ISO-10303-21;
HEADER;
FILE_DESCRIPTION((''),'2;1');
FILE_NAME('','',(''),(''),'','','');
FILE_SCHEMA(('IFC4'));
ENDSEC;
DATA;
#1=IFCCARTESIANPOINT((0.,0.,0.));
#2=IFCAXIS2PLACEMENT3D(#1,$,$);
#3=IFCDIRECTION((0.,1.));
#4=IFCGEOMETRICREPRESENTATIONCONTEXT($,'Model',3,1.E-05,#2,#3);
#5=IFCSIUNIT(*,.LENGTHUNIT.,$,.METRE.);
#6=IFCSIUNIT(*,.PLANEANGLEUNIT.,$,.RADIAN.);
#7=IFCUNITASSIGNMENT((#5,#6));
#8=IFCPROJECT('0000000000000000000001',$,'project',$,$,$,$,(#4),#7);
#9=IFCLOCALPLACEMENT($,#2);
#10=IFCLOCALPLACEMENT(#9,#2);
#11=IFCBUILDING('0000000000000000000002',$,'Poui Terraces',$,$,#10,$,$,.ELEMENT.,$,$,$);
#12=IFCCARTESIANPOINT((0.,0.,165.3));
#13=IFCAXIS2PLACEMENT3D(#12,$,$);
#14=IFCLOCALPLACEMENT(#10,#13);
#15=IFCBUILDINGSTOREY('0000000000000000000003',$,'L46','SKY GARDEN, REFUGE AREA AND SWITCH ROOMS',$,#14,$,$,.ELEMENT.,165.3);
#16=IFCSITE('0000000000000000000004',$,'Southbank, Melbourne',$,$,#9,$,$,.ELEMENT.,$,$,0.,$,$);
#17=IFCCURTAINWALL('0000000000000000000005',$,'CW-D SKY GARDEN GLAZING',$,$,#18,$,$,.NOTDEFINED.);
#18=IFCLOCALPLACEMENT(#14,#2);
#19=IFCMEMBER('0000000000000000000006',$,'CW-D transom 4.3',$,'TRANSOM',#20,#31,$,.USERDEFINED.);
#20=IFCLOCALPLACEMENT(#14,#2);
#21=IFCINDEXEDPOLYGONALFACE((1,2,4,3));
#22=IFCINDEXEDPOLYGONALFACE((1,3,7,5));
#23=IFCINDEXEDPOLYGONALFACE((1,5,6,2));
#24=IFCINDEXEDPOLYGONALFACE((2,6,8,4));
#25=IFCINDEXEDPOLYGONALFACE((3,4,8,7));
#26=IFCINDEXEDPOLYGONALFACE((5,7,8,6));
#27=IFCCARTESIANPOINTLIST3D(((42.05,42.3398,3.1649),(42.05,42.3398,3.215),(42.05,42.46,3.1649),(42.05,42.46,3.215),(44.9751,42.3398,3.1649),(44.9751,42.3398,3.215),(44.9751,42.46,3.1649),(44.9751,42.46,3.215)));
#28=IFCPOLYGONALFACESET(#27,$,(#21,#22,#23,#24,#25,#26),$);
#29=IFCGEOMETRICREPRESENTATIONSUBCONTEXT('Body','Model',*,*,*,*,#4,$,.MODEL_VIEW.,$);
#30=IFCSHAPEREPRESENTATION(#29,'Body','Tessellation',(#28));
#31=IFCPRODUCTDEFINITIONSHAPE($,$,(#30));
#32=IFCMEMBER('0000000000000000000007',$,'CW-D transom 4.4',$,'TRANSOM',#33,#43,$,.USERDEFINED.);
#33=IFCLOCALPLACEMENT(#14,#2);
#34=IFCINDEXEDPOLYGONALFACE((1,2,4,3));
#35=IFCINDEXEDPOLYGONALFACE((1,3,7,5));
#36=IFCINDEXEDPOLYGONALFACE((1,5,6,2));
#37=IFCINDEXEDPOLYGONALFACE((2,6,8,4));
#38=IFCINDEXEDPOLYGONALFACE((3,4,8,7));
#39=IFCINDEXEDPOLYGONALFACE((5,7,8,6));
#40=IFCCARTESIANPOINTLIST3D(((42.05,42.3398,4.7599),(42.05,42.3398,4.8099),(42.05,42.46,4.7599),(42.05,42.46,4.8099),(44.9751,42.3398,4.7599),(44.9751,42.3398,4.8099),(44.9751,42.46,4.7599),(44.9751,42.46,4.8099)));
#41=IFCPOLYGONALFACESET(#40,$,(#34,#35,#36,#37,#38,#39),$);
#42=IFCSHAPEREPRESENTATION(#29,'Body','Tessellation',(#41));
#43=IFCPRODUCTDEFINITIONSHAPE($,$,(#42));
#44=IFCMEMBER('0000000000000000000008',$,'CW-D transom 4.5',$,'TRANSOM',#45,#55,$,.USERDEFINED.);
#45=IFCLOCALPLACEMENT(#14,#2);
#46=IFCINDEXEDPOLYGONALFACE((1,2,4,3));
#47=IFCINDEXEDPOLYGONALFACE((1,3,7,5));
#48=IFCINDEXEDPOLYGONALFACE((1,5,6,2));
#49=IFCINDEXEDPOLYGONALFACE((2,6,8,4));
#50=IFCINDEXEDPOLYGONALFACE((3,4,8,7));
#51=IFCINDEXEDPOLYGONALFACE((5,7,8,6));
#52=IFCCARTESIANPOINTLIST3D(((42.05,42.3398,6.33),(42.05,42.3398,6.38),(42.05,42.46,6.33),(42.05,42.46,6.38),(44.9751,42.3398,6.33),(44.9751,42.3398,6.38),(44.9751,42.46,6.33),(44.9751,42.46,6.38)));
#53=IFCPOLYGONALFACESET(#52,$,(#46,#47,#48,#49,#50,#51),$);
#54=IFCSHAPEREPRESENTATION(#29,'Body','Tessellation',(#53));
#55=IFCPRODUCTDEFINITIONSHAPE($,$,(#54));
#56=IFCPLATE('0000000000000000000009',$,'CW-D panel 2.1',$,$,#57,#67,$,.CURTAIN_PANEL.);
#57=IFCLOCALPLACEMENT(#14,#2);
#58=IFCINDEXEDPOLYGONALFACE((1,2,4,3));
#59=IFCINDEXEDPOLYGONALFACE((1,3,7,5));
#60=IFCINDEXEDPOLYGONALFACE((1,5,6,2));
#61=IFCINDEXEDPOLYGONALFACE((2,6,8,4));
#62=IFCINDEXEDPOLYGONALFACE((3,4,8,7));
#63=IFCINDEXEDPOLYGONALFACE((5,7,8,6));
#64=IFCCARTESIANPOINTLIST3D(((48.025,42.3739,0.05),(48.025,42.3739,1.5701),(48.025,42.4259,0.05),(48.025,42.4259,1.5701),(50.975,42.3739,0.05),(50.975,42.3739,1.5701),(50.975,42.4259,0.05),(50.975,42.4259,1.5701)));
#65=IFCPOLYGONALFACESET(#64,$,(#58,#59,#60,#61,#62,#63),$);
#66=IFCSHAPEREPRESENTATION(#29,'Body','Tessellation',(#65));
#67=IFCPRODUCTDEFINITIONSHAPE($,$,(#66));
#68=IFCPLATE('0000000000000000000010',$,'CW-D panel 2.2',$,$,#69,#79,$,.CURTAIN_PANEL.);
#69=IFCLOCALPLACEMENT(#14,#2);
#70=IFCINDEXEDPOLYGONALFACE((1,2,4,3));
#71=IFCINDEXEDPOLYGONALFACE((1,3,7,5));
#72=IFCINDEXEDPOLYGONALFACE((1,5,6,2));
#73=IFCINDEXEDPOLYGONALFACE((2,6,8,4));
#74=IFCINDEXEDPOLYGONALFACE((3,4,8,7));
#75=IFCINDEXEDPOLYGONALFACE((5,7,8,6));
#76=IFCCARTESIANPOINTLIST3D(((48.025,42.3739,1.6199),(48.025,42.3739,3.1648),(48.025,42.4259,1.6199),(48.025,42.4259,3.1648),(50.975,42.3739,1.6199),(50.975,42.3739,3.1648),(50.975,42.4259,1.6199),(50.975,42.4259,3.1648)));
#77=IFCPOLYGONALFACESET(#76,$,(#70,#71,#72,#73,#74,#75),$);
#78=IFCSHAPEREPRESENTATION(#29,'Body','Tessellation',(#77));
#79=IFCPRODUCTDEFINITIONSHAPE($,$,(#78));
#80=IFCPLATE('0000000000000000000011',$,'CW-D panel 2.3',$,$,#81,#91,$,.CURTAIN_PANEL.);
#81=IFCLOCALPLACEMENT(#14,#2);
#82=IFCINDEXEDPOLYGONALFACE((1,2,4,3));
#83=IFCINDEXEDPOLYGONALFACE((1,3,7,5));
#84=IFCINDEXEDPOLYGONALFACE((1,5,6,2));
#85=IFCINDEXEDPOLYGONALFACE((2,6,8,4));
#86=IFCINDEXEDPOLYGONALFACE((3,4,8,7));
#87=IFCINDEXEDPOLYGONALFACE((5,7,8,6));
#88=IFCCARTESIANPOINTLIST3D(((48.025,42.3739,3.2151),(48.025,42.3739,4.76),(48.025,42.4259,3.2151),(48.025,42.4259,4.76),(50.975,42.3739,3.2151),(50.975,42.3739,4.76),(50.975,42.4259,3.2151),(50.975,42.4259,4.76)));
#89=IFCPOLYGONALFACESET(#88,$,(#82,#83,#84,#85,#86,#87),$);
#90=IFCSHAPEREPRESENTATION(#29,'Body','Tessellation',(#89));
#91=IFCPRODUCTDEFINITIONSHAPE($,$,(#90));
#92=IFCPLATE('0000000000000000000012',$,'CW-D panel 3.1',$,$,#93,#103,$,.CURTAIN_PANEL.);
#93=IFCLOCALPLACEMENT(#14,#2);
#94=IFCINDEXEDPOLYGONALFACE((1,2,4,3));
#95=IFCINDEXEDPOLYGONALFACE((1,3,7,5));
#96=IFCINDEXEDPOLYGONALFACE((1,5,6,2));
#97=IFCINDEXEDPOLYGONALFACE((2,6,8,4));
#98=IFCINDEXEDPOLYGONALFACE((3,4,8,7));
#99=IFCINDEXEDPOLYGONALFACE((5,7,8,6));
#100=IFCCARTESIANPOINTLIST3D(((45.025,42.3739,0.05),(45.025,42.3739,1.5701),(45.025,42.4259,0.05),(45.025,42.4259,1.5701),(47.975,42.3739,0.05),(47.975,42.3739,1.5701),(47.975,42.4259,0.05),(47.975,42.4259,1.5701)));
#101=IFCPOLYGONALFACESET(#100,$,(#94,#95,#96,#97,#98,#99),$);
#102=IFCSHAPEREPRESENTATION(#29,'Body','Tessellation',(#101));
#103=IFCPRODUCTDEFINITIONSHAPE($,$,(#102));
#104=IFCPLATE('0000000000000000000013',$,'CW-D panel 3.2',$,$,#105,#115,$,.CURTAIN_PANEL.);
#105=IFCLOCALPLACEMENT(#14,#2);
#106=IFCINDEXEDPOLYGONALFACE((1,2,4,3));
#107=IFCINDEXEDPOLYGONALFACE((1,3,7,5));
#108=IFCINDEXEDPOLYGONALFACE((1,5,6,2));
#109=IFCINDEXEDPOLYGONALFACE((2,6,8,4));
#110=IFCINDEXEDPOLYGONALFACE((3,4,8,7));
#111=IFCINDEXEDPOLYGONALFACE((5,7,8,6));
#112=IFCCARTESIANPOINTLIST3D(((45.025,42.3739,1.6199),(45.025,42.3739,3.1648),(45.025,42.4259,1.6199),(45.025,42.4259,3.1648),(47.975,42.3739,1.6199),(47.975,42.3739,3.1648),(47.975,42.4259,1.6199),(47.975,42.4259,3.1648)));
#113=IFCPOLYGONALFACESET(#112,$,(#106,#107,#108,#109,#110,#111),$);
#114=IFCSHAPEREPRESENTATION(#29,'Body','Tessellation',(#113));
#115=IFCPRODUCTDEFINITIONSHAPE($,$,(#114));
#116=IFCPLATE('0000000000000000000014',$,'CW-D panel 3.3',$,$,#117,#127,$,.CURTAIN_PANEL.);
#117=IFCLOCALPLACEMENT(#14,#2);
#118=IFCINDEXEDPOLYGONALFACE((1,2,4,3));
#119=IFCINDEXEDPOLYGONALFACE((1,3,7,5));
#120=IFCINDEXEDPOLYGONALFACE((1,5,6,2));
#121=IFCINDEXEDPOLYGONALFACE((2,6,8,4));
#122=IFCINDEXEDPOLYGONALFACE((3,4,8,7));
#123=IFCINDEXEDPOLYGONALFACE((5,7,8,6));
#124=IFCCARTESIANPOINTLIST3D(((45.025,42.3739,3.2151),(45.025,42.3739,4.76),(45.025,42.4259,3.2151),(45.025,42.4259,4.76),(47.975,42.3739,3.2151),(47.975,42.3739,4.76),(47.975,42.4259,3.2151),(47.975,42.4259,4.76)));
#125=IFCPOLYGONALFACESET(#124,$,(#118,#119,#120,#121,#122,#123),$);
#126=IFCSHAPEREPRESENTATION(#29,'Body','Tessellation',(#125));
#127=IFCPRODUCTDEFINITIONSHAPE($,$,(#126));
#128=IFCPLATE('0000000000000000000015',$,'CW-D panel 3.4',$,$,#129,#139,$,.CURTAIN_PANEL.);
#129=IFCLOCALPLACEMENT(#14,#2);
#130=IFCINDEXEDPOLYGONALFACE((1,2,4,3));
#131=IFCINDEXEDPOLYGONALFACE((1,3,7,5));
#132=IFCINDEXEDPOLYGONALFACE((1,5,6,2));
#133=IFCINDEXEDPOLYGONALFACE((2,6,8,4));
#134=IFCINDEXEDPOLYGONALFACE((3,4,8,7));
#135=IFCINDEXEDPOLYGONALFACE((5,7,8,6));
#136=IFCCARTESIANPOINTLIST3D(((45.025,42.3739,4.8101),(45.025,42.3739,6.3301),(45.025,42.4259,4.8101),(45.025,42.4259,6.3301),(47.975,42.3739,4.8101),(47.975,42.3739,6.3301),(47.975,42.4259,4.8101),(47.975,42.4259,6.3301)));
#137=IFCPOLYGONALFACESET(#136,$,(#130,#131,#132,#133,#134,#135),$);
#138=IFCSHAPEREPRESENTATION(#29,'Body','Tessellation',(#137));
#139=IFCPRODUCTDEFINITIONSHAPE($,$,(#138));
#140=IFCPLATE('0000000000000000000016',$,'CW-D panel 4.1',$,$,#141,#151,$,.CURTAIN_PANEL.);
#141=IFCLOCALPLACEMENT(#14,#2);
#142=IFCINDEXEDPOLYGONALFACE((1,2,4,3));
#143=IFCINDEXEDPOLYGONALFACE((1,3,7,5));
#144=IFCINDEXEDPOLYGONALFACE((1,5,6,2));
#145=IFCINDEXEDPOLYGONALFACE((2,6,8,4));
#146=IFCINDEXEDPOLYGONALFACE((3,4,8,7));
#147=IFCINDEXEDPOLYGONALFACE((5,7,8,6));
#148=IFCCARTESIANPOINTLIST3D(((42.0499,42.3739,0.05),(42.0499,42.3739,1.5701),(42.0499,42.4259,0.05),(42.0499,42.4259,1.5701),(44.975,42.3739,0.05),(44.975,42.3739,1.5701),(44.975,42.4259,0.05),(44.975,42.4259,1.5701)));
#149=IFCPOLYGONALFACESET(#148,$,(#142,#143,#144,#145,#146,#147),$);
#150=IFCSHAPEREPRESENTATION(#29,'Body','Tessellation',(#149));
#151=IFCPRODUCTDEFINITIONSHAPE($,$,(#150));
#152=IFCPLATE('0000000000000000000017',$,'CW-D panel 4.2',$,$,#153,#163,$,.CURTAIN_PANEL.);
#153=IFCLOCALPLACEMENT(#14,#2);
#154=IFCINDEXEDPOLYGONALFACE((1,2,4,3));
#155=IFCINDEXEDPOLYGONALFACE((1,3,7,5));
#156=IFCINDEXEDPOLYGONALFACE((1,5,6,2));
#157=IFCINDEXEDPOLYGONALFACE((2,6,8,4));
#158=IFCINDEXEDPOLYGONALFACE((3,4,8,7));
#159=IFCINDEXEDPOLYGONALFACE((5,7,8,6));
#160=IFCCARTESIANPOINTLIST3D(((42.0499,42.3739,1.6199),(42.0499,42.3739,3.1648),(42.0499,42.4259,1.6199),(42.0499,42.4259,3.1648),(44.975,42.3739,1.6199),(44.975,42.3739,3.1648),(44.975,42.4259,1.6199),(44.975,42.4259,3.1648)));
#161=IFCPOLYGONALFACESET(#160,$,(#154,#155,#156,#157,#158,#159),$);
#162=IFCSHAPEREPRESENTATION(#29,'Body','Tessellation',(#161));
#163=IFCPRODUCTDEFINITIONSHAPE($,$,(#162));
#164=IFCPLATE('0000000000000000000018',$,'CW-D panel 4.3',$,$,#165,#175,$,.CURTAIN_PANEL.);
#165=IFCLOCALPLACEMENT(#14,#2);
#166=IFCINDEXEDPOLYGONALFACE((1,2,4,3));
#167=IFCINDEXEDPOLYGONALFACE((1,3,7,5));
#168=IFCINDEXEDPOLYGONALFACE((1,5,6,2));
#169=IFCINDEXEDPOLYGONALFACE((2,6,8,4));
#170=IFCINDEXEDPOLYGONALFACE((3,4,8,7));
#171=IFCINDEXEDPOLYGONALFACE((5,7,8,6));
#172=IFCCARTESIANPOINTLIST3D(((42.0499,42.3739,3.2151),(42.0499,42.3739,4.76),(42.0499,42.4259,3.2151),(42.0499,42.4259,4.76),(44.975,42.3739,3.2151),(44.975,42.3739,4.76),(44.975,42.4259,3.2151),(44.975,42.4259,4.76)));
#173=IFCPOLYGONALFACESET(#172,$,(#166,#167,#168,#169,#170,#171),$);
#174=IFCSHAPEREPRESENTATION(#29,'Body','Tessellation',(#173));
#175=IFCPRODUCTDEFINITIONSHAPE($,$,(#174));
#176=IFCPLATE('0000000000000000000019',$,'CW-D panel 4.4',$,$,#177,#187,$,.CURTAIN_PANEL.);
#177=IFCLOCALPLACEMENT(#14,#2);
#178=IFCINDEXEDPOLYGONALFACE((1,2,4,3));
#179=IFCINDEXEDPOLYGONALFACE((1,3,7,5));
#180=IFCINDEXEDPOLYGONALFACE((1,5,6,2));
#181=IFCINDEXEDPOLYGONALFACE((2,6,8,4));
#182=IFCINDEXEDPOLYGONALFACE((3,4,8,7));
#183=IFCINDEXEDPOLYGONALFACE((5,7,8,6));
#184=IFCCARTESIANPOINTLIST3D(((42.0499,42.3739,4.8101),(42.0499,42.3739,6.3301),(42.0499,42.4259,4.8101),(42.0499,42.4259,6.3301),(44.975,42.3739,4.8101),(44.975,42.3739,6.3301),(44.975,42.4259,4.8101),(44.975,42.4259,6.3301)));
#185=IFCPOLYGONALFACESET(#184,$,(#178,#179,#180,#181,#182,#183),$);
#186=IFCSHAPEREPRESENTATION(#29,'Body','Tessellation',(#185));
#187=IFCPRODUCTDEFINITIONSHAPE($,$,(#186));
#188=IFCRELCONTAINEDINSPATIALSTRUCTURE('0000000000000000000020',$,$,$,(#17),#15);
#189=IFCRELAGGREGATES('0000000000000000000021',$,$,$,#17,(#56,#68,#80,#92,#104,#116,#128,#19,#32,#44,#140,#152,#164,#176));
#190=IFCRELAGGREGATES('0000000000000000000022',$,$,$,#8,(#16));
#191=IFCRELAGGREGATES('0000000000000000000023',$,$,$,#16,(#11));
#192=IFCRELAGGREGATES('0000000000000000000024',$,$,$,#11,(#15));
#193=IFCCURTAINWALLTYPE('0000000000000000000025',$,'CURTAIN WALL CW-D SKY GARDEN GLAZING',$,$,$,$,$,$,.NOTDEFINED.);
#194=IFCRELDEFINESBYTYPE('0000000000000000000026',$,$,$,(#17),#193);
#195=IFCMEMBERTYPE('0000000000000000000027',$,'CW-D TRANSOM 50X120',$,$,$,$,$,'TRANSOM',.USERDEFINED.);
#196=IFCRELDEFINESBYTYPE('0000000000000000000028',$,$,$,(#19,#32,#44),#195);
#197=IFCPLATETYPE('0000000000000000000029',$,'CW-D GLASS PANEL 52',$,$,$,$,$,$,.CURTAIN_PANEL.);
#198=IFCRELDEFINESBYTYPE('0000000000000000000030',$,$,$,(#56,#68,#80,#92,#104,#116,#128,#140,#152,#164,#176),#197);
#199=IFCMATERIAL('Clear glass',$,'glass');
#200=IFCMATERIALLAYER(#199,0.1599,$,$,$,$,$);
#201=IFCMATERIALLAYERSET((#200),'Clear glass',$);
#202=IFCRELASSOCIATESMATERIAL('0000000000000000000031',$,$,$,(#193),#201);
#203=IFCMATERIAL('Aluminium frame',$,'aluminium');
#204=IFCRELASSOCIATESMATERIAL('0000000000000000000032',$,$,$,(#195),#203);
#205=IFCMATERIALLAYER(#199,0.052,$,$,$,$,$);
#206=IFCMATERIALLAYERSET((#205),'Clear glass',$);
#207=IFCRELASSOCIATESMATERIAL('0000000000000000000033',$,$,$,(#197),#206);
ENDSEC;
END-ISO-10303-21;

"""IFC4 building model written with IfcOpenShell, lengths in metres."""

from ifc_helpers import new_model, si_unit, direction, frame, origin, origin_2d, place, context, subcontext, project, spatial, rectangle, extrude, material, layer, layer_set, material_profile, profile_set, type_object, element, aggregate, save


model = new_model("IFC4")

# Units and contexts
model_context = context("Model", 3, precision=1e-05, world=origin(), true_north=direction((0.0, 1.0)))
body_context = subcontext(model_context, "Body", "Model", "MODEL_VIEW")
ifc_project = project(units=[si_unit("LENGTHUNIT", "METRE"), si_unit("PLANEANGLEUNIT", "RADIAN")], contexts=[model_context])

# Site, building, storey
site_placement = place(None, origin())
site = spatial("IfcSite", under=ifc_project, at=site_placement, Name="Southbank, Melbourne", CompositionType="ELEMENT", RefElevation=0.0)
building_placement = place(site_placement, origin())
building = spatial("IfcBuilding", under=site, at=building_placement, Name="Poui Terraces", CompositionType="ELEMENT")
storey_placement = place(building_placement, frame((0.0, 0.0, 165.3)))
storey = spatial("IfcBuildingStorey", under=building, at=storey_placement, Name="L46", Description="SKY GARDEN, REFUGE AREA AND SWITCH ROOMS", CompositionType="ELEMENT", Elevation=165.3)

# Shared definitions
ifc_material_1 = material(Name="Clear glass", Category="glass")
ifc_layer_1 = layer(ifc_material_1, 0.1599)
ifc_layer_set_1 = layer_set([ifc_layer_1], Name="Clear glass")
curtain_wall_type = type_object("IfcCurtainWallType", Name="CURTAIN WALL CW-D SKY GARDEN GLAZING", PredefinedType="NOTDEFINED", material=ifc_layer_set_1)
ifc_material_2 = material(Name="Aluminium frame", Category="aluminium")

# Curtain wall
curtain_wall_1_placement = place(storey_placement, origin())
curtain_wall_1 = element("IfcCurtainWall", 1, at=curtain_wall_1_placement, inside=storey, type_object=curtain_wall_type, Name="CW-D SKY GARDEN GLAZING", PredefinedType="NOTDEFINED")

# Members
ifc_material_profile_1 = material_profile(ifc_material_2, rectangle(XDim=0.1201, YDim=0.05, at=origin_2d()), Name="CW-D TRANSOM 50X120")
ifc_profile_set_1 = profile_set([ifc_material_profile_1], Name="Aluminium frame")
member_type_1 = type_object("IfcMemberType", Name="CW-D TRANSOM 50X120", ElementType="TRANSOM", PredefinedType="USERDEFINED", material=ifc_profile_set_1)
member_1_placement = place(storey_placement, frame((44.9751, 42.3999, 3.1899), z_axis=(-1.0, 0.0, 0.0), x_axis=(0.0, -1.0, 0.0)))
member_1 = element("IfcMember", 2, at=member_1_placement, type_object=member_type_1, Name="CW-D transom 4.3", ObjectType="TRANSOM", PredefinedType="USERDEFINED", context=body_context, shape_type="SweptSolid", body=[
    extrude(rectangle(XDim=0.1201, YDim=0.05, at=origin_2d()), origin(), (0.0, 0.0, 1.0), 2.925),
])
member_2_placement = place(storey_placement, frame((44.9751, 42.3999, 4.7849), z_axis=(-1.0, 0.0, 0.0), x_axis=(0.0, -1.0, 0.0)))
member_2 = element("IfcMember", 3, at=member_2_placement, type_object=member_type_1, Name="CW-D transom 4.4", ObjectType="TRANSOM", PredefinedType="USERDEFINED", context=body_context, shape_type="SweptSolid", body=[
    extrude(rectangle(XDim=0.1201, YDim=0.05, at=origin_2d()), origin(), (0.0, 0.0, 1.0), 2.925),
])
member_3_placement = place(storey_placement, frame((44.9751, 42.3999, 6.355), z_axis=(-1.0, 0.0, 0.0), x_axis=(0.0, -1.0, 0.0)))
member_3 = element("IfcMember", 4, at=member_3_placement, type_object=member_type_1, Name="CW-D transom 4.5", ObjectType="TRANSOM", PredefinedType="USERDEFINED", context=body_context, shape_type="SweptSolid", body=[
    extrude(rectangle(XDim=0.1201, YDim=0.05, at=origin_2d()), origin(), (0.0, 0.0, 1.0), 2.925),
])

# Plates
ifc_layer_2 = layer(ifc_material_1, 0.052)
ifc_layer_set_2 = layer_set([ifc_layer_2], Name="Clear glass")
plate_type = type_object("IfcPlateType", Name="CW-D GLASS PANEL 52", PredefinedType="CURTAIN_PANEL", material=ifc_layer_set_2)
plate_1_placement = place(storey_placement, frame((49.5, 42.3999, 0.05), z_axis=(0.0, 0.0, 1.0), x_axis=(-1.0, 0.0, 0.0)))
plate_1 = element("IfcPlate", 5, at=plate_1_placement, type_object=plate_type, Name="CW-D panel 2.1", PredefinedType="CURTAIN_PANEL", context=body_context, shape_type="SweptSolid", body=[
    extrude(rectangle(XDim=2.95, YDim=0.052, at=origin_2d()), origin(), (0.0, 0.0, 1.0), 1.52),
])
plate_2_placement = place(storey_placement, frame((49.5, 42.3999, 1.6199), z_axis=(0.0, 0.0, 1.0), x_axis=(-1.0, 0.0, 0.0)))
plate_2 = element("IfcPlate", 6, at=plate_2_placement, type_object=plate_type, Name="CW-D panel 2.2", PredefinedType="CURTAIN_PANEL", context=body_context, shape_type="SweptSolid", body=[
    extrude(rectangle(XDim=2.95, YDim=0.052, at=origin_2d()), origin(), (0.0, 0.0, 1.0), 1.5449),
])
plate_3_placement = place(storey_placement, frame((49.5, 42.3999, 3.2151), z_axis=(0.0, 0.0, 1.0), x_axis=(-1.0, 0.0, 0.0)))
plate_3 = element("IfcPlate", 7, at=plate_3_placement, type_object=plate_type, Name="CW-D panel 2.3", PredefinedType="CURTAIN_PANEL", context=body_context, shape_type="SweptSolid", body=[
    extrude(rectangle(XDim=2.95, YDim=0.052, at=origin_2d()), origin(), (0.0, 0.0, 1.0), 1.5449),
])
plate_4_placement = place(storey_placement, frame((46.5, 42.3999, 0.05), z_axis=(0.0, 0.0, 1.0), x_axis=(-1.0, 0.0, 0.0)))
plate_4 = element("IfcPlate", 8, at=plate_4_placement, type_object=plate_type, Name="CW-D panel 3.1", PredefinedType="CURTAIN_PANEL", context=body_context, shape_type="SweptSolid", body=[
    extrude(rectangle(XDim=2.95, YDim=0.052, at=origin_2d()), origin(), (0.0, 0.0, 1.0), 1.52),
])
plate_5_placement = place(storey_placement, frame((46.5, 42.3999, 1.6199), z_axis=(0.0, 0.0, 1.0), x_axis=(-1.0, 0.0, 0.0)))
plate_5 = element("IfcPlate", 9, at=plate_5_placement, type_object=plate_type, Name="CW-D panel 3.2", PredefinedType="CURTAIN_PANEL", context=body_context, shape_type="SweptSolid", body=[
    extrude(rectangle(XDim=2.95, YDim=0.052, at=origin_2d()), origin(), (0.0, 0.0, 1.0), 1.5449),
])
plate_6_placement = place(storey_placement, frame((46.5, 42.3999, 3.2151), z_axis=(0.0, 0.0, 1.0), x_axis=(-1.0, 0.0, 0.0)))
plate_6 = element("IfcPlate", 10, at=plate_6_placement, type_object=plate_type, Name="CW-D panel 3.3", PredefinedType="CURTAIN_PANEL", context=body_context, shape_type="SweptSolid", body=[
    extrude(rectangle(XDim=2.95, YDim=0.052, at=origin_2d()), origin(), (0.0, 0.0, 1.0), 1.5449),
])
plate_7_placement = place(storey_placement, frame((46.5, 42.3999, 4.8101), z_axis=(0.0, 0.0, 1.0), x_axis=(-1.0, 0.0, 0.0)))
plate_7 = element("IfcPlate", 11, at=plate_7_placement, type_object=plate_type, Name="CW-D panel 3.4", PredefinedType="CURTAIN_PANEL", context=body_context, shape_type="SweptSolid", body=[
    extrude(rectangle(XDim=2.95, YDim=0.052, at=origin_2d()), origin(), (0.0, 0.0, 1.0), 1.52),
])
plate_8_placement = place(storey_placement, frame((43.5125, 42.3999, 0.05), z_axis=(0.0, 0.0, 1.0), x_axis=(-1.0, 0.0, 0.0)))
plate_8 = element("IfcPlate", 12, at=plate_8_placement, type_object=plate_type, Name="CW-D panel 4.1", PredefinedType="CURTAIN_PANEL", context=body_context, shape_type="SweptSolid", body=[
    extrude(rectangle(XDim=2.925, YDim=0.052, at=origin_2d()), origin(), (0.0, 0.0, 1.0), 1.52),
])
plate_9_placement = place(storey_placement, frame((43.5125, 42.3999, 1.6199), z_axis=(0.0, 0.0, 1.0), x_axis=(-1.0, 0.0, 0.0)))
plate_9 = element("IfcPlate", 13, at=plate_9_placement, type_object=plate_type, Name="CW-D panel 4.2", PredefinedType="CURTAIN_PANEL", context=body_context, shape_type="SweptSolid", body=[
    extrude(rectangle(XDim=2.925, YDim=0.052, at=origin_2d()), origin(), (0.0, 0.0, 1.0), 1.5449),
])
plate_10_placement = place(storey_placement, frame((43.5125, 42.3999, 3.2151), z_axis=(0.0, 0.0, 1.0), x_axis=(-1.0, 0.0, 0.0)))
plate_10 = element("IfcPlate", 14, at=plate_10_placement, type_object=plate_type, Name="CW-D panel 4.3", PredefinedType="CURTAIN_PANEL", context=body_context, shape_type="SweptSolid", body=[
    extrude(rectangle(XDim=2.925, YDim=0.052, at=origin_2d()), origin(), (0.0, 0.0, 1.0), 1.5449),
])
plate_11_placement = place(storey_placement, frame((43.5125, 42.3999, 4.8101), z_axis=(0.0, 0.0, 1.0), x_axis=(-1.0, 0.0, 0.0)))
plate_11 = element("IfcPlate", 15, at=plate_11_placement, type_object=plate_type, Name="CW-D panel 4.4", PredefinedType="CURTAIN_PANEL", context=body_context, shape_type="SweptSolid", body=[
    extrude(rectangle(XDim=2.925, YDim=0.052, at=origin_2d()), origin(), (0.0, 0.0, 1.0), 1.52),
])
aggregate(curtain_wall_1, [plate_1, plate_2, plate_3, plate_4, plate_5, plate_6, plate_7, member_1, member_2, member_3, plate_8, plate_9, plate_10, plate_11])

save(model, "model.ifc")
